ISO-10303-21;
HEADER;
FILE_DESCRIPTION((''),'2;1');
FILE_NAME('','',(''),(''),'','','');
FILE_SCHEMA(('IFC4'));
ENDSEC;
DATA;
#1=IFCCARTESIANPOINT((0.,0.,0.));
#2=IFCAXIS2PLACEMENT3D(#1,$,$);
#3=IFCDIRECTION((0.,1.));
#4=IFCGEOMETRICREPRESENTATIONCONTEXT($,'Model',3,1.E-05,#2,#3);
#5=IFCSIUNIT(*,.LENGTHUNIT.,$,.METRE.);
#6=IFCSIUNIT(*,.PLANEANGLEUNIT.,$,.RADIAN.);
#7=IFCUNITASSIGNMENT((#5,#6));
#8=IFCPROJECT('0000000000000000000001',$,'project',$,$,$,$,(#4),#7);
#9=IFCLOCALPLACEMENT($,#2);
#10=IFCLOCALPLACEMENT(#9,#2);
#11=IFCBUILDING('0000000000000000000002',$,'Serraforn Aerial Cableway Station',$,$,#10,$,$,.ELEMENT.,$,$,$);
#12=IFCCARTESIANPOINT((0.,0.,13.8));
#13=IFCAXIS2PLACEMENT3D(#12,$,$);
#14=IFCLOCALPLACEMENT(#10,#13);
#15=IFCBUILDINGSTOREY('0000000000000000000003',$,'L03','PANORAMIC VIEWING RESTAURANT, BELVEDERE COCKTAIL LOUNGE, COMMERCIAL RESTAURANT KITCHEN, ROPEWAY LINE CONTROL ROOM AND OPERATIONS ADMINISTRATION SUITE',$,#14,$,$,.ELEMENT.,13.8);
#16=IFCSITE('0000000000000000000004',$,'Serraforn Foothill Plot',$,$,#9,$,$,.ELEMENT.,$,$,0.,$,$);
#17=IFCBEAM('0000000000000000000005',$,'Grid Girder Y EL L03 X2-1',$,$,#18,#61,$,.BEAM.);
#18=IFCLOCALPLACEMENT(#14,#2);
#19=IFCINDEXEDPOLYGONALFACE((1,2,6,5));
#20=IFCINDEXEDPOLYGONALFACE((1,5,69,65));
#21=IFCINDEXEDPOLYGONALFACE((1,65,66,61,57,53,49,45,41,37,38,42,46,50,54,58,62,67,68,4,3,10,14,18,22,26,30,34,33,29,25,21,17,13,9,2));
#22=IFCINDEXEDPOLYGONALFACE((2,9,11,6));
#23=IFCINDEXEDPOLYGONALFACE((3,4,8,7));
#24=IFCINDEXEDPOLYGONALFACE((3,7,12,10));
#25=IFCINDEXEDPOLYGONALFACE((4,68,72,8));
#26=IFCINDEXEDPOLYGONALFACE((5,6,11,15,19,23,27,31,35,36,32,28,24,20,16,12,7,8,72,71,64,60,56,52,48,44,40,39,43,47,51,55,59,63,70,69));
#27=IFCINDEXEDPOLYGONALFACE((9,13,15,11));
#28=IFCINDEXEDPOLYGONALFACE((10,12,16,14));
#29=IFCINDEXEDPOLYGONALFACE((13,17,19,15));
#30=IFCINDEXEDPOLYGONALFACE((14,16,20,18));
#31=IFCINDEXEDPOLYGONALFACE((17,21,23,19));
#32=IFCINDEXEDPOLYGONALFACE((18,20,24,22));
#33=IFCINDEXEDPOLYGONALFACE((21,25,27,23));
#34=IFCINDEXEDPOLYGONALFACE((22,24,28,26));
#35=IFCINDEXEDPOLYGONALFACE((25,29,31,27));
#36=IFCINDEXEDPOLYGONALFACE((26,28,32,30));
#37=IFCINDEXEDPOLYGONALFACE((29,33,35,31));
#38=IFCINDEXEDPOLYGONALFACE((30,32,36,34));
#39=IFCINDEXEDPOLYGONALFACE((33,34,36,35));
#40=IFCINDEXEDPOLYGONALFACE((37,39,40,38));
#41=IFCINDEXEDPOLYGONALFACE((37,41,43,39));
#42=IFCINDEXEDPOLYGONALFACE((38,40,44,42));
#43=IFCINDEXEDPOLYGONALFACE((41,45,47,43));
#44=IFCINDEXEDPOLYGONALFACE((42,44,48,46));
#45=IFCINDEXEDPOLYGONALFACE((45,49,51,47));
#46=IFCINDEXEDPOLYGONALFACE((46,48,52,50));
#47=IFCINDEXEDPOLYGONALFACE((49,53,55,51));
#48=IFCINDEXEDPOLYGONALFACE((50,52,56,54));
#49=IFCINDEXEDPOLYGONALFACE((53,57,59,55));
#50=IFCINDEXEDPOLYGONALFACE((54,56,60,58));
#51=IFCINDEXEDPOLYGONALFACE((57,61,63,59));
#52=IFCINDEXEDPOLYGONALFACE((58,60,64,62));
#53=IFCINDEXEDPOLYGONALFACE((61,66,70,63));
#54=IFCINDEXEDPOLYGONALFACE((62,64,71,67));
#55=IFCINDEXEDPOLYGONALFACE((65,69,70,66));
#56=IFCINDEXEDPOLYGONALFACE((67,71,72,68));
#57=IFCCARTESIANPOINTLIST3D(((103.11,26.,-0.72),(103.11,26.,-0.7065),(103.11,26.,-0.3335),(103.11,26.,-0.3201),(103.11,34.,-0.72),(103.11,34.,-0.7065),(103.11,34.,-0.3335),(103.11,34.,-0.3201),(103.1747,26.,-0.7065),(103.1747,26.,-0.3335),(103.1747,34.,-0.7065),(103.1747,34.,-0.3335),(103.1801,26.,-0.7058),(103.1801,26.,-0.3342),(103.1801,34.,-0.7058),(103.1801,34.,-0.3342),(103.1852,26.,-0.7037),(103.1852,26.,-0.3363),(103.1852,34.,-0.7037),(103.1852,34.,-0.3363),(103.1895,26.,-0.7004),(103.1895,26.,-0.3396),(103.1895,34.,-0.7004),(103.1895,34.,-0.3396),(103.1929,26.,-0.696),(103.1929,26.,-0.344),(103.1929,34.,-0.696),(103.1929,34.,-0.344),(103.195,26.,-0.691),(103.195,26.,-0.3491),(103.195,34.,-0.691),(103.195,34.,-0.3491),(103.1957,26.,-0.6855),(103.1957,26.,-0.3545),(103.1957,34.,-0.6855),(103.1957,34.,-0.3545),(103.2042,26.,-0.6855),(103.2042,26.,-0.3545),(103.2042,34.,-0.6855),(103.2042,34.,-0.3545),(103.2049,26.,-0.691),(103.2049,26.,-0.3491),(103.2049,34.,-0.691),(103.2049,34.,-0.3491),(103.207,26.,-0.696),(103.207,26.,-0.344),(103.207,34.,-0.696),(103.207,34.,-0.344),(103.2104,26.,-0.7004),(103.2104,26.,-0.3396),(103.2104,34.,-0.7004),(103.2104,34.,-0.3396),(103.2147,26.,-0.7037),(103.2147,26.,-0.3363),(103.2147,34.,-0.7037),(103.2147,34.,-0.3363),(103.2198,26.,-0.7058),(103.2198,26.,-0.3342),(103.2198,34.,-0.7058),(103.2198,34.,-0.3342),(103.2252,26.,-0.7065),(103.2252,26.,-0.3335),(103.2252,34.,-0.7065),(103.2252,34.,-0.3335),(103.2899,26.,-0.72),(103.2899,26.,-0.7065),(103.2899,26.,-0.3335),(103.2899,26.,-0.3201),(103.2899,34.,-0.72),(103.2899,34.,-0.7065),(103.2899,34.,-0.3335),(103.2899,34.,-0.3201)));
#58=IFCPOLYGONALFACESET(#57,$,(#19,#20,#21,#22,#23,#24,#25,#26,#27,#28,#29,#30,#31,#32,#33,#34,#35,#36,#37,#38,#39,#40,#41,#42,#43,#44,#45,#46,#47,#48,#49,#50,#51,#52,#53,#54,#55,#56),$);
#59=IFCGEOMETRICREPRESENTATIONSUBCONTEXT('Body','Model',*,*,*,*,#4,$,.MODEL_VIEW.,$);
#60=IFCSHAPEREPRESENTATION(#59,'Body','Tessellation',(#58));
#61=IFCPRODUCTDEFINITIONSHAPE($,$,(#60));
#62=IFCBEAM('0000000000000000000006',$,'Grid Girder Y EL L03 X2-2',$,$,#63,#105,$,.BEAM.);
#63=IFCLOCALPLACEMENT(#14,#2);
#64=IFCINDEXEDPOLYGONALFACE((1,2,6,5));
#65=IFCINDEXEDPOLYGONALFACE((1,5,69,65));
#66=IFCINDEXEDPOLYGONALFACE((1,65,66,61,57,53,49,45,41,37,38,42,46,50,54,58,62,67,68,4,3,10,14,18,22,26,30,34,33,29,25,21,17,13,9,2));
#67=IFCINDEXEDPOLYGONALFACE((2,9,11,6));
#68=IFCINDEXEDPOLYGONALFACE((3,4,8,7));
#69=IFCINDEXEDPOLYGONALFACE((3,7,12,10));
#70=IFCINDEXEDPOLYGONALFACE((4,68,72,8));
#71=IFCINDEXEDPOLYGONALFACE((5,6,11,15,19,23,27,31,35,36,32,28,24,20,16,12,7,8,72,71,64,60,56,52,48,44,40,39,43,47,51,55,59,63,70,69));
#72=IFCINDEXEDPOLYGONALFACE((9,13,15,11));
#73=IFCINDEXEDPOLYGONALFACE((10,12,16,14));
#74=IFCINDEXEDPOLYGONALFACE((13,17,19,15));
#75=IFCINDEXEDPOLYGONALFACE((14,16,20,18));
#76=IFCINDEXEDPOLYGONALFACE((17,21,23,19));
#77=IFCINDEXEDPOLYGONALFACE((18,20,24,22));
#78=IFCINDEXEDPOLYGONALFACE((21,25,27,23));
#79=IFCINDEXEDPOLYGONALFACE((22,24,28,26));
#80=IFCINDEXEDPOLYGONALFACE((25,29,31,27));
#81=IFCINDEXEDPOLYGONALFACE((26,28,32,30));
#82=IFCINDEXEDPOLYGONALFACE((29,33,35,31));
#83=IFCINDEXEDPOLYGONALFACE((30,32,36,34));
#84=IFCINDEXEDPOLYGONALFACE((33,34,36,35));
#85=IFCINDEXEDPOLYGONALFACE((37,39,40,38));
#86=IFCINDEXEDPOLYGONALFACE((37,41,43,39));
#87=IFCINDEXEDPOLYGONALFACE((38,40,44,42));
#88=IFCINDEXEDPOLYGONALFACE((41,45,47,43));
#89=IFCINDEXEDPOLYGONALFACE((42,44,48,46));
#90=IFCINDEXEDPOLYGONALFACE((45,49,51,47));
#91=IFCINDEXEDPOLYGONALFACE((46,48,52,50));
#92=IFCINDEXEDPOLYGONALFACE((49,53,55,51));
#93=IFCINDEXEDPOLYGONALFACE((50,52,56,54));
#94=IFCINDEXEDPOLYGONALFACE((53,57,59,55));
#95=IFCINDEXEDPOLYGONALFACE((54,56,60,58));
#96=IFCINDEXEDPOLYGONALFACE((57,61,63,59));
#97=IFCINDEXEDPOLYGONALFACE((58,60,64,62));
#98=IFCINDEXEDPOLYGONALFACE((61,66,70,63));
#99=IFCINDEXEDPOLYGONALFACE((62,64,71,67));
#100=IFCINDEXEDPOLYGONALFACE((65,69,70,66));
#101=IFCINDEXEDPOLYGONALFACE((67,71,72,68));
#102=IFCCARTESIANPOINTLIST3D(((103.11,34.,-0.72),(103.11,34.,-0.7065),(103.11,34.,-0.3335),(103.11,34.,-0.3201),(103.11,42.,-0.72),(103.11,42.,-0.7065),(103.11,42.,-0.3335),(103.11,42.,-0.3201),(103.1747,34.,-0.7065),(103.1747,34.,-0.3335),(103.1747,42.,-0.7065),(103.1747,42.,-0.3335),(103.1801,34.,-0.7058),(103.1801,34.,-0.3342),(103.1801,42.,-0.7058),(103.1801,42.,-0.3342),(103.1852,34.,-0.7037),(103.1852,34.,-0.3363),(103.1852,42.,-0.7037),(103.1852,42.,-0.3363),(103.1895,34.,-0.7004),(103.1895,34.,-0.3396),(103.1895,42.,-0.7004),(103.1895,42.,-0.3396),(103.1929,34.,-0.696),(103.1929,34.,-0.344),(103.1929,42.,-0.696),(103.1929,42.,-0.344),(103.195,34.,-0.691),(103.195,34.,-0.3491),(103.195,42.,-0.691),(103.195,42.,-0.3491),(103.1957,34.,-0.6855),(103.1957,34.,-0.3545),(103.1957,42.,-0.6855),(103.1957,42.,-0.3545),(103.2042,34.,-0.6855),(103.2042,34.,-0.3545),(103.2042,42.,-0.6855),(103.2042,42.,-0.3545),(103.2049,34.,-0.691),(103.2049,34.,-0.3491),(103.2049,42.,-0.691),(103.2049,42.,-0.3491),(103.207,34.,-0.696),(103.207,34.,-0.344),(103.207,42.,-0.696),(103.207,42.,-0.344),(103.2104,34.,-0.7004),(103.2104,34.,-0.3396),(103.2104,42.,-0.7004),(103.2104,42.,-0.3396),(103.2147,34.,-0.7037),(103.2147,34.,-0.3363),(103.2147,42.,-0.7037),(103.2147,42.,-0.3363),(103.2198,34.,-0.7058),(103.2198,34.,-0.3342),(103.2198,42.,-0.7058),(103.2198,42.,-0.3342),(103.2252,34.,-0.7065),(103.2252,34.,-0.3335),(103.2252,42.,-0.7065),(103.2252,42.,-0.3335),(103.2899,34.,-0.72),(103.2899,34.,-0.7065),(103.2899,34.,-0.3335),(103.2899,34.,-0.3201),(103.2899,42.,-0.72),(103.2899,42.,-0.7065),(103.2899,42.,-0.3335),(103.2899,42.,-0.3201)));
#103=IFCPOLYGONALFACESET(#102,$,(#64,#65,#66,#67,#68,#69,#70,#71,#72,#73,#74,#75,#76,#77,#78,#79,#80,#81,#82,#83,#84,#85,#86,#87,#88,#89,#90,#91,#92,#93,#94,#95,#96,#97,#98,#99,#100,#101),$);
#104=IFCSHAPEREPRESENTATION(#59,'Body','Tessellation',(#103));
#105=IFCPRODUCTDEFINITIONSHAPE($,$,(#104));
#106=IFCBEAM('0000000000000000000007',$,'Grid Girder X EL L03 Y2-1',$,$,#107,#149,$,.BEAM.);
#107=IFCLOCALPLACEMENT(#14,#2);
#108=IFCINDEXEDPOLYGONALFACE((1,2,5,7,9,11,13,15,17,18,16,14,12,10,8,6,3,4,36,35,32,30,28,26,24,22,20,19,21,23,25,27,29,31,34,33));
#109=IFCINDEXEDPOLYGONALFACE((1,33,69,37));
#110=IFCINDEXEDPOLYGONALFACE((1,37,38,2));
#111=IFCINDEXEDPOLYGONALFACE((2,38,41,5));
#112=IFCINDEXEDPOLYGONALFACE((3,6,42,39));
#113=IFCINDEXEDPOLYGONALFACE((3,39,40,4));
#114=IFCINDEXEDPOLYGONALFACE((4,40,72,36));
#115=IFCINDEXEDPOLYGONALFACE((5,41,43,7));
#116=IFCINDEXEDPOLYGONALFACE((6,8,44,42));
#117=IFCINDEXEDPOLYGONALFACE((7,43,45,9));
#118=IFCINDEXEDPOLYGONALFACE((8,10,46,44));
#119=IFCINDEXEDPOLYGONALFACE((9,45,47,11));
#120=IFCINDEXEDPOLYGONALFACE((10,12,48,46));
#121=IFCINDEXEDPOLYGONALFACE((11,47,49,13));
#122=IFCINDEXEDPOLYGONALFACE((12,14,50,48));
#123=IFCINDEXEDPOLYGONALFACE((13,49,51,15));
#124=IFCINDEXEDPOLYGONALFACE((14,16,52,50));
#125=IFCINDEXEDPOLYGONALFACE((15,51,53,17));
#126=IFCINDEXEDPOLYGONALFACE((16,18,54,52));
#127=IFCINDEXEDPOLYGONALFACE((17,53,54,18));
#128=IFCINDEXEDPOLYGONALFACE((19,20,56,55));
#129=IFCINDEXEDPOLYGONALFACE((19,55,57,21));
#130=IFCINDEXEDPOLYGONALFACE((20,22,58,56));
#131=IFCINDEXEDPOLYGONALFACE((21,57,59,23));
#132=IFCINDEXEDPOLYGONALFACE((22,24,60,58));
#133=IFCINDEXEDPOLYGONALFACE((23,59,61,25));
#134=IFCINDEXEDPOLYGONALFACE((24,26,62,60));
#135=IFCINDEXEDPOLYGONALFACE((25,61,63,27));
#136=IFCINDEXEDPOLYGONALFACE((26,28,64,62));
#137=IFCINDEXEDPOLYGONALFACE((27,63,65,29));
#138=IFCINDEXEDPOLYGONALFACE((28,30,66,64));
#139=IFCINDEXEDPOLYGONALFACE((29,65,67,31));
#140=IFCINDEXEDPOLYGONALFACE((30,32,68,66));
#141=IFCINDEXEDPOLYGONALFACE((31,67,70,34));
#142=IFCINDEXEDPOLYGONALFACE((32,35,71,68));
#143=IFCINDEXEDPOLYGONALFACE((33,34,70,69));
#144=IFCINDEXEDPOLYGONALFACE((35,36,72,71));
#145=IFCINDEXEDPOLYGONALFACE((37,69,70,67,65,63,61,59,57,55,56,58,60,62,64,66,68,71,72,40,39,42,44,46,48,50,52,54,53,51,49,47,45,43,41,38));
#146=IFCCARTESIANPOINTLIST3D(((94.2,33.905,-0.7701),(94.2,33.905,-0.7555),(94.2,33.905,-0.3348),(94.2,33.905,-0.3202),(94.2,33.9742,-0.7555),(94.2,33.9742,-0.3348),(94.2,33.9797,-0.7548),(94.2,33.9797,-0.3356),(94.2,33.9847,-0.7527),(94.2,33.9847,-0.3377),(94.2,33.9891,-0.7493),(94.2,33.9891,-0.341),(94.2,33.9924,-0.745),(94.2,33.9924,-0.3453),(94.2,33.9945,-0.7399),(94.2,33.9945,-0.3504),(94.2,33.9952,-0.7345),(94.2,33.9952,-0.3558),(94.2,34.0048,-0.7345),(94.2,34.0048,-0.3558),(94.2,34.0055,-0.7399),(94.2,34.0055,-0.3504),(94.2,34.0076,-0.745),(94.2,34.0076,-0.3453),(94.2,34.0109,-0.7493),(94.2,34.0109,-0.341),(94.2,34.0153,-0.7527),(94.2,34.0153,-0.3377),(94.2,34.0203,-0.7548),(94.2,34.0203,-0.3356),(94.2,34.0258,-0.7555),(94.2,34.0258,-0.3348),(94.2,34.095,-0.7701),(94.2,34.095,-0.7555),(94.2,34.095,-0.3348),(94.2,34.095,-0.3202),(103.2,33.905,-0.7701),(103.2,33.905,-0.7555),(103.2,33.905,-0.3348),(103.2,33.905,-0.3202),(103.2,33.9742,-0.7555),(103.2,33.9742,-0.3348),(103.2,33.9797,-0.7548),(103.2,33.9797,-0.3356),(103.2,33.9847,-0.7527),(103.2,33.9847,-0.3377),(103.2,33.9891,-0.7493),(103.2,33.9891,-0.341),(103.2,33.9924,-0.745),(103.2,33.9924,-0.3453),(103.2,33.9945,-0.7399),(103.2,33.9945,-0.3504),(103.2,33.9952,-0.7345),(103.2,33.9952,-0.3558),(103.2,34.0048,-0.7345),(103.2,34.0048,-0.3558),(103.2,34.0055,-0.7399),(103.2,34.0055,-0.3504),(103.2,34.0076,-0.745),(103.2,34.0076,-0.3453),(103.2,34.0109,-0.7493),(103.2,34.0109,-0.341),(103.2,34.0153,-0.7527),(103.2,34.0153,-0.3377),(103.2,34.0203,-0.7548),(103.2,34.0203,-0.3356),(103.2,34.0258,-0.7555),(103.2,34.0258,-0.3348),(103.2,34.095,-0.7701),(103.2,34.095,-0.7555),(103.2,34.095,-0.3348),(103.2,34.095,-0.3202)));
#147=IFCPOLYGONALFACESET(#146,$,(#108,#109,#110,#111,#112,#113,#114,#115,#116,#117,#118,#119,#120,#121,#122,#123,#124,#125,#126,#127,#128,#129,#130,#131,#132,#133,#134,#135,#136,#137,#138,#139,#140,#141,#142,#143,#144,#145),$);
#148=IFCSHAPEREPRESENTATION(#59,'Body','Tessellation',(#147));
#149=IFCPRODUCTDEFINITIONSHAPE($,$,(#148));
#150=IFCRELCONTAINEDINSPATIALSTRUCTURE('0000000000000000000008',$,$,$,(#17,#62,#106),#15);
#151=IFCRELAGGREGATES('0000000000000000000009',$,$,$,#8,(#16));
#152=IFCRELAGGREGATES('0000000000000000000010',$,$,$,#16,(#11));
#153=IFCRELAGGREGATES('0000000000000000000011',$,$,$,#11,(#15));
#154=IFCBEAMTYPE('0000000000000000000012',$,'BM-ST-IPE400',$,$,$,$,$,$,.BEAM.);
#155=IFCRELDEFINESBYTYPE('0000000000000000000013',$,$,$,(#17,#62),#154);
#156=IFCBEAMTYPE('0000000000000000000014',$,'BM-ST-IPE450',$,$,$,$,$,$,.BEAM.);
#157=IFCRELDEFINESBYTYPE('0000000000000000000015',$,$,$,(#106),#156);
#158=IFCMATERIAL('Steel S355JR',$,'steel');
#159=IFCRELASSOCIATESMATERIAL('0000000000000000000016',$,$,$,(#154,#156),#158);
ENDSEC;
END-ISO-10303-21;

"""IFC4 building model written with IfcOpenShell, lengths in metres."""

from ifc_helpers import new_model, si_unit, direction, frame, origin, origin_2d, place, context, subcontext, project, spatial, i_section, extrude, material, material_profile, profile_set, type_object, element, save


model = new_model("IFC4")

# Units and contexts
model_context = context("Model", 3, precision=1e-05, world=origin(), true_north=direction((0.0, 1.0)))
body_context = subcontext(model_context, "Body", "Model", "MODEL_VIEW")
ifc_project = project(units=[si_unit("LENGTHUNIT", "METRE"), si_unit("PLANEANGLEUNIT", "RADIAN")], contexts=[model_context])

# Site, building, storey
site_placement = place(None, origin())
site = spatial("IfcSite", under=ifc_project, at=site_placement, Name="Serraforn Foothill Plot", CompositionType="ELEMENT", RefElevation=0.0)
building_placement = place(site_placement, origin())
building = spatial("IfcBuilding", under=site, at=building_placement, Name="Serraforn Aerial Cableway Station", CompositionType="ELEMENT")
storey_placement = place(building_placement, frame((0.0, 0.0, 13.8)))
storey = spatial("IfcBuildingStorey", under=building, at=storey_placement, Name="L03", Description="PANORAMIC VIEWING RESTAURANT, BELVEDERE COCKTAIL LOUNGE, COMMERCIAL RESTAURANT KITCHEN, ROPEWAY LINE CONTROL ROOM AND OPERATIONS ADMINISTRATION SUITE", CompositionType="ELEMENT", Elevation=13.8)

# Beams
ifc_material_1 = material(Name="Steel S355JR", Category="steel")
ifc_material_profile_1 = material_profile(ifc_material_1, i_section(OverallWidth=0.1799, OverallDepth=0.3999, WebThickness=0.0085, FlangeThickness=0.0134, FilletRadius=0.021, at=origin_2d()), Name="IPE 400")
ifc_profile_set_1 = profile_set([ifc_material_profile_1], Name="Steel S355JR")
beam_type_1 = type_object("IfcBeamType", Name="BM-ST-IPE400", PredefinedType="BEAM", material=ifc_profile_set_1)
for number, where, z_axis, x_axis, name in (
    (1, (103.2, 26.0, -0.52), (0.0, 1.0, 0.0), (-1.0, 0.0, 0.0), "Grid Girder Y EL L03 X2-1"),
    (2, (103.2, 34.0, -0.52), (0.0, 1.0, 0.0), (-1.0, 0.0, 0.0), "Grid Girder Y EL L03 X2-2"),
):
    element("IfcBeam", number, at=place(storey_placement, frame(where, z_axis=z_axis, x_axis=x_axis)), inside=storey, type_object=beam_type_1, Name=name, PredefinedType="BEAM", context=body_context, shape_type="SweptSolid", body=[
        extrude(i_section(OverallWidth=0.1799, OverallDepth=0.3999, WebThickness=0.0085, FlangeThickness=0.0134, FilletRadius=0.021, at=origin_2d()), origin(), (0.0, 0.0, 1.0), 8.0),
    ])
ifc_material_profile_2 = material_profile(ifc_material_1, i_section(OverallWidth=0.1899, OverallDepth=0.45, WebThickness=0.0095, FlangeThickness=0.0146, FilletRadius=0.021, at=origin_2d()), Name="IPE 450")
ifc_profile_set_2 = profile_set([ifc_material_profile_2], Name="Steel S355JR")
beam_type_2 = type_object("IfcBeamType", Name="BM-ST-IPE450", PredefinedType="BEAM", material=ifc_profile_set_2)
beam_1_placement = place(storey_placement, frame((94.2, 34.0, -0.5452), z_axis=(1.0, 0.0, 0.0), x_axis=(0.0, 1.0, 0.0)))
element("IfcBeam", 3, at=beam_1_placement, inside=storey, type_object=beam_type_2, Name="Grid Girder X EL L03 Y2-1", PredefinedType="BEAM", context=body_context, shape_type="SweptSolid", body=[
    extrude(i_section(OverallWidth=0.1899, OverallDepth=0.45, WebThickness=0.0095, FlangeThickness=0.0146, FilletRadius=0.021, at=origin_2d()), origin(), (0.0, 0.0, 1.0), 9.0),
])

save(model, "model.ifc")
